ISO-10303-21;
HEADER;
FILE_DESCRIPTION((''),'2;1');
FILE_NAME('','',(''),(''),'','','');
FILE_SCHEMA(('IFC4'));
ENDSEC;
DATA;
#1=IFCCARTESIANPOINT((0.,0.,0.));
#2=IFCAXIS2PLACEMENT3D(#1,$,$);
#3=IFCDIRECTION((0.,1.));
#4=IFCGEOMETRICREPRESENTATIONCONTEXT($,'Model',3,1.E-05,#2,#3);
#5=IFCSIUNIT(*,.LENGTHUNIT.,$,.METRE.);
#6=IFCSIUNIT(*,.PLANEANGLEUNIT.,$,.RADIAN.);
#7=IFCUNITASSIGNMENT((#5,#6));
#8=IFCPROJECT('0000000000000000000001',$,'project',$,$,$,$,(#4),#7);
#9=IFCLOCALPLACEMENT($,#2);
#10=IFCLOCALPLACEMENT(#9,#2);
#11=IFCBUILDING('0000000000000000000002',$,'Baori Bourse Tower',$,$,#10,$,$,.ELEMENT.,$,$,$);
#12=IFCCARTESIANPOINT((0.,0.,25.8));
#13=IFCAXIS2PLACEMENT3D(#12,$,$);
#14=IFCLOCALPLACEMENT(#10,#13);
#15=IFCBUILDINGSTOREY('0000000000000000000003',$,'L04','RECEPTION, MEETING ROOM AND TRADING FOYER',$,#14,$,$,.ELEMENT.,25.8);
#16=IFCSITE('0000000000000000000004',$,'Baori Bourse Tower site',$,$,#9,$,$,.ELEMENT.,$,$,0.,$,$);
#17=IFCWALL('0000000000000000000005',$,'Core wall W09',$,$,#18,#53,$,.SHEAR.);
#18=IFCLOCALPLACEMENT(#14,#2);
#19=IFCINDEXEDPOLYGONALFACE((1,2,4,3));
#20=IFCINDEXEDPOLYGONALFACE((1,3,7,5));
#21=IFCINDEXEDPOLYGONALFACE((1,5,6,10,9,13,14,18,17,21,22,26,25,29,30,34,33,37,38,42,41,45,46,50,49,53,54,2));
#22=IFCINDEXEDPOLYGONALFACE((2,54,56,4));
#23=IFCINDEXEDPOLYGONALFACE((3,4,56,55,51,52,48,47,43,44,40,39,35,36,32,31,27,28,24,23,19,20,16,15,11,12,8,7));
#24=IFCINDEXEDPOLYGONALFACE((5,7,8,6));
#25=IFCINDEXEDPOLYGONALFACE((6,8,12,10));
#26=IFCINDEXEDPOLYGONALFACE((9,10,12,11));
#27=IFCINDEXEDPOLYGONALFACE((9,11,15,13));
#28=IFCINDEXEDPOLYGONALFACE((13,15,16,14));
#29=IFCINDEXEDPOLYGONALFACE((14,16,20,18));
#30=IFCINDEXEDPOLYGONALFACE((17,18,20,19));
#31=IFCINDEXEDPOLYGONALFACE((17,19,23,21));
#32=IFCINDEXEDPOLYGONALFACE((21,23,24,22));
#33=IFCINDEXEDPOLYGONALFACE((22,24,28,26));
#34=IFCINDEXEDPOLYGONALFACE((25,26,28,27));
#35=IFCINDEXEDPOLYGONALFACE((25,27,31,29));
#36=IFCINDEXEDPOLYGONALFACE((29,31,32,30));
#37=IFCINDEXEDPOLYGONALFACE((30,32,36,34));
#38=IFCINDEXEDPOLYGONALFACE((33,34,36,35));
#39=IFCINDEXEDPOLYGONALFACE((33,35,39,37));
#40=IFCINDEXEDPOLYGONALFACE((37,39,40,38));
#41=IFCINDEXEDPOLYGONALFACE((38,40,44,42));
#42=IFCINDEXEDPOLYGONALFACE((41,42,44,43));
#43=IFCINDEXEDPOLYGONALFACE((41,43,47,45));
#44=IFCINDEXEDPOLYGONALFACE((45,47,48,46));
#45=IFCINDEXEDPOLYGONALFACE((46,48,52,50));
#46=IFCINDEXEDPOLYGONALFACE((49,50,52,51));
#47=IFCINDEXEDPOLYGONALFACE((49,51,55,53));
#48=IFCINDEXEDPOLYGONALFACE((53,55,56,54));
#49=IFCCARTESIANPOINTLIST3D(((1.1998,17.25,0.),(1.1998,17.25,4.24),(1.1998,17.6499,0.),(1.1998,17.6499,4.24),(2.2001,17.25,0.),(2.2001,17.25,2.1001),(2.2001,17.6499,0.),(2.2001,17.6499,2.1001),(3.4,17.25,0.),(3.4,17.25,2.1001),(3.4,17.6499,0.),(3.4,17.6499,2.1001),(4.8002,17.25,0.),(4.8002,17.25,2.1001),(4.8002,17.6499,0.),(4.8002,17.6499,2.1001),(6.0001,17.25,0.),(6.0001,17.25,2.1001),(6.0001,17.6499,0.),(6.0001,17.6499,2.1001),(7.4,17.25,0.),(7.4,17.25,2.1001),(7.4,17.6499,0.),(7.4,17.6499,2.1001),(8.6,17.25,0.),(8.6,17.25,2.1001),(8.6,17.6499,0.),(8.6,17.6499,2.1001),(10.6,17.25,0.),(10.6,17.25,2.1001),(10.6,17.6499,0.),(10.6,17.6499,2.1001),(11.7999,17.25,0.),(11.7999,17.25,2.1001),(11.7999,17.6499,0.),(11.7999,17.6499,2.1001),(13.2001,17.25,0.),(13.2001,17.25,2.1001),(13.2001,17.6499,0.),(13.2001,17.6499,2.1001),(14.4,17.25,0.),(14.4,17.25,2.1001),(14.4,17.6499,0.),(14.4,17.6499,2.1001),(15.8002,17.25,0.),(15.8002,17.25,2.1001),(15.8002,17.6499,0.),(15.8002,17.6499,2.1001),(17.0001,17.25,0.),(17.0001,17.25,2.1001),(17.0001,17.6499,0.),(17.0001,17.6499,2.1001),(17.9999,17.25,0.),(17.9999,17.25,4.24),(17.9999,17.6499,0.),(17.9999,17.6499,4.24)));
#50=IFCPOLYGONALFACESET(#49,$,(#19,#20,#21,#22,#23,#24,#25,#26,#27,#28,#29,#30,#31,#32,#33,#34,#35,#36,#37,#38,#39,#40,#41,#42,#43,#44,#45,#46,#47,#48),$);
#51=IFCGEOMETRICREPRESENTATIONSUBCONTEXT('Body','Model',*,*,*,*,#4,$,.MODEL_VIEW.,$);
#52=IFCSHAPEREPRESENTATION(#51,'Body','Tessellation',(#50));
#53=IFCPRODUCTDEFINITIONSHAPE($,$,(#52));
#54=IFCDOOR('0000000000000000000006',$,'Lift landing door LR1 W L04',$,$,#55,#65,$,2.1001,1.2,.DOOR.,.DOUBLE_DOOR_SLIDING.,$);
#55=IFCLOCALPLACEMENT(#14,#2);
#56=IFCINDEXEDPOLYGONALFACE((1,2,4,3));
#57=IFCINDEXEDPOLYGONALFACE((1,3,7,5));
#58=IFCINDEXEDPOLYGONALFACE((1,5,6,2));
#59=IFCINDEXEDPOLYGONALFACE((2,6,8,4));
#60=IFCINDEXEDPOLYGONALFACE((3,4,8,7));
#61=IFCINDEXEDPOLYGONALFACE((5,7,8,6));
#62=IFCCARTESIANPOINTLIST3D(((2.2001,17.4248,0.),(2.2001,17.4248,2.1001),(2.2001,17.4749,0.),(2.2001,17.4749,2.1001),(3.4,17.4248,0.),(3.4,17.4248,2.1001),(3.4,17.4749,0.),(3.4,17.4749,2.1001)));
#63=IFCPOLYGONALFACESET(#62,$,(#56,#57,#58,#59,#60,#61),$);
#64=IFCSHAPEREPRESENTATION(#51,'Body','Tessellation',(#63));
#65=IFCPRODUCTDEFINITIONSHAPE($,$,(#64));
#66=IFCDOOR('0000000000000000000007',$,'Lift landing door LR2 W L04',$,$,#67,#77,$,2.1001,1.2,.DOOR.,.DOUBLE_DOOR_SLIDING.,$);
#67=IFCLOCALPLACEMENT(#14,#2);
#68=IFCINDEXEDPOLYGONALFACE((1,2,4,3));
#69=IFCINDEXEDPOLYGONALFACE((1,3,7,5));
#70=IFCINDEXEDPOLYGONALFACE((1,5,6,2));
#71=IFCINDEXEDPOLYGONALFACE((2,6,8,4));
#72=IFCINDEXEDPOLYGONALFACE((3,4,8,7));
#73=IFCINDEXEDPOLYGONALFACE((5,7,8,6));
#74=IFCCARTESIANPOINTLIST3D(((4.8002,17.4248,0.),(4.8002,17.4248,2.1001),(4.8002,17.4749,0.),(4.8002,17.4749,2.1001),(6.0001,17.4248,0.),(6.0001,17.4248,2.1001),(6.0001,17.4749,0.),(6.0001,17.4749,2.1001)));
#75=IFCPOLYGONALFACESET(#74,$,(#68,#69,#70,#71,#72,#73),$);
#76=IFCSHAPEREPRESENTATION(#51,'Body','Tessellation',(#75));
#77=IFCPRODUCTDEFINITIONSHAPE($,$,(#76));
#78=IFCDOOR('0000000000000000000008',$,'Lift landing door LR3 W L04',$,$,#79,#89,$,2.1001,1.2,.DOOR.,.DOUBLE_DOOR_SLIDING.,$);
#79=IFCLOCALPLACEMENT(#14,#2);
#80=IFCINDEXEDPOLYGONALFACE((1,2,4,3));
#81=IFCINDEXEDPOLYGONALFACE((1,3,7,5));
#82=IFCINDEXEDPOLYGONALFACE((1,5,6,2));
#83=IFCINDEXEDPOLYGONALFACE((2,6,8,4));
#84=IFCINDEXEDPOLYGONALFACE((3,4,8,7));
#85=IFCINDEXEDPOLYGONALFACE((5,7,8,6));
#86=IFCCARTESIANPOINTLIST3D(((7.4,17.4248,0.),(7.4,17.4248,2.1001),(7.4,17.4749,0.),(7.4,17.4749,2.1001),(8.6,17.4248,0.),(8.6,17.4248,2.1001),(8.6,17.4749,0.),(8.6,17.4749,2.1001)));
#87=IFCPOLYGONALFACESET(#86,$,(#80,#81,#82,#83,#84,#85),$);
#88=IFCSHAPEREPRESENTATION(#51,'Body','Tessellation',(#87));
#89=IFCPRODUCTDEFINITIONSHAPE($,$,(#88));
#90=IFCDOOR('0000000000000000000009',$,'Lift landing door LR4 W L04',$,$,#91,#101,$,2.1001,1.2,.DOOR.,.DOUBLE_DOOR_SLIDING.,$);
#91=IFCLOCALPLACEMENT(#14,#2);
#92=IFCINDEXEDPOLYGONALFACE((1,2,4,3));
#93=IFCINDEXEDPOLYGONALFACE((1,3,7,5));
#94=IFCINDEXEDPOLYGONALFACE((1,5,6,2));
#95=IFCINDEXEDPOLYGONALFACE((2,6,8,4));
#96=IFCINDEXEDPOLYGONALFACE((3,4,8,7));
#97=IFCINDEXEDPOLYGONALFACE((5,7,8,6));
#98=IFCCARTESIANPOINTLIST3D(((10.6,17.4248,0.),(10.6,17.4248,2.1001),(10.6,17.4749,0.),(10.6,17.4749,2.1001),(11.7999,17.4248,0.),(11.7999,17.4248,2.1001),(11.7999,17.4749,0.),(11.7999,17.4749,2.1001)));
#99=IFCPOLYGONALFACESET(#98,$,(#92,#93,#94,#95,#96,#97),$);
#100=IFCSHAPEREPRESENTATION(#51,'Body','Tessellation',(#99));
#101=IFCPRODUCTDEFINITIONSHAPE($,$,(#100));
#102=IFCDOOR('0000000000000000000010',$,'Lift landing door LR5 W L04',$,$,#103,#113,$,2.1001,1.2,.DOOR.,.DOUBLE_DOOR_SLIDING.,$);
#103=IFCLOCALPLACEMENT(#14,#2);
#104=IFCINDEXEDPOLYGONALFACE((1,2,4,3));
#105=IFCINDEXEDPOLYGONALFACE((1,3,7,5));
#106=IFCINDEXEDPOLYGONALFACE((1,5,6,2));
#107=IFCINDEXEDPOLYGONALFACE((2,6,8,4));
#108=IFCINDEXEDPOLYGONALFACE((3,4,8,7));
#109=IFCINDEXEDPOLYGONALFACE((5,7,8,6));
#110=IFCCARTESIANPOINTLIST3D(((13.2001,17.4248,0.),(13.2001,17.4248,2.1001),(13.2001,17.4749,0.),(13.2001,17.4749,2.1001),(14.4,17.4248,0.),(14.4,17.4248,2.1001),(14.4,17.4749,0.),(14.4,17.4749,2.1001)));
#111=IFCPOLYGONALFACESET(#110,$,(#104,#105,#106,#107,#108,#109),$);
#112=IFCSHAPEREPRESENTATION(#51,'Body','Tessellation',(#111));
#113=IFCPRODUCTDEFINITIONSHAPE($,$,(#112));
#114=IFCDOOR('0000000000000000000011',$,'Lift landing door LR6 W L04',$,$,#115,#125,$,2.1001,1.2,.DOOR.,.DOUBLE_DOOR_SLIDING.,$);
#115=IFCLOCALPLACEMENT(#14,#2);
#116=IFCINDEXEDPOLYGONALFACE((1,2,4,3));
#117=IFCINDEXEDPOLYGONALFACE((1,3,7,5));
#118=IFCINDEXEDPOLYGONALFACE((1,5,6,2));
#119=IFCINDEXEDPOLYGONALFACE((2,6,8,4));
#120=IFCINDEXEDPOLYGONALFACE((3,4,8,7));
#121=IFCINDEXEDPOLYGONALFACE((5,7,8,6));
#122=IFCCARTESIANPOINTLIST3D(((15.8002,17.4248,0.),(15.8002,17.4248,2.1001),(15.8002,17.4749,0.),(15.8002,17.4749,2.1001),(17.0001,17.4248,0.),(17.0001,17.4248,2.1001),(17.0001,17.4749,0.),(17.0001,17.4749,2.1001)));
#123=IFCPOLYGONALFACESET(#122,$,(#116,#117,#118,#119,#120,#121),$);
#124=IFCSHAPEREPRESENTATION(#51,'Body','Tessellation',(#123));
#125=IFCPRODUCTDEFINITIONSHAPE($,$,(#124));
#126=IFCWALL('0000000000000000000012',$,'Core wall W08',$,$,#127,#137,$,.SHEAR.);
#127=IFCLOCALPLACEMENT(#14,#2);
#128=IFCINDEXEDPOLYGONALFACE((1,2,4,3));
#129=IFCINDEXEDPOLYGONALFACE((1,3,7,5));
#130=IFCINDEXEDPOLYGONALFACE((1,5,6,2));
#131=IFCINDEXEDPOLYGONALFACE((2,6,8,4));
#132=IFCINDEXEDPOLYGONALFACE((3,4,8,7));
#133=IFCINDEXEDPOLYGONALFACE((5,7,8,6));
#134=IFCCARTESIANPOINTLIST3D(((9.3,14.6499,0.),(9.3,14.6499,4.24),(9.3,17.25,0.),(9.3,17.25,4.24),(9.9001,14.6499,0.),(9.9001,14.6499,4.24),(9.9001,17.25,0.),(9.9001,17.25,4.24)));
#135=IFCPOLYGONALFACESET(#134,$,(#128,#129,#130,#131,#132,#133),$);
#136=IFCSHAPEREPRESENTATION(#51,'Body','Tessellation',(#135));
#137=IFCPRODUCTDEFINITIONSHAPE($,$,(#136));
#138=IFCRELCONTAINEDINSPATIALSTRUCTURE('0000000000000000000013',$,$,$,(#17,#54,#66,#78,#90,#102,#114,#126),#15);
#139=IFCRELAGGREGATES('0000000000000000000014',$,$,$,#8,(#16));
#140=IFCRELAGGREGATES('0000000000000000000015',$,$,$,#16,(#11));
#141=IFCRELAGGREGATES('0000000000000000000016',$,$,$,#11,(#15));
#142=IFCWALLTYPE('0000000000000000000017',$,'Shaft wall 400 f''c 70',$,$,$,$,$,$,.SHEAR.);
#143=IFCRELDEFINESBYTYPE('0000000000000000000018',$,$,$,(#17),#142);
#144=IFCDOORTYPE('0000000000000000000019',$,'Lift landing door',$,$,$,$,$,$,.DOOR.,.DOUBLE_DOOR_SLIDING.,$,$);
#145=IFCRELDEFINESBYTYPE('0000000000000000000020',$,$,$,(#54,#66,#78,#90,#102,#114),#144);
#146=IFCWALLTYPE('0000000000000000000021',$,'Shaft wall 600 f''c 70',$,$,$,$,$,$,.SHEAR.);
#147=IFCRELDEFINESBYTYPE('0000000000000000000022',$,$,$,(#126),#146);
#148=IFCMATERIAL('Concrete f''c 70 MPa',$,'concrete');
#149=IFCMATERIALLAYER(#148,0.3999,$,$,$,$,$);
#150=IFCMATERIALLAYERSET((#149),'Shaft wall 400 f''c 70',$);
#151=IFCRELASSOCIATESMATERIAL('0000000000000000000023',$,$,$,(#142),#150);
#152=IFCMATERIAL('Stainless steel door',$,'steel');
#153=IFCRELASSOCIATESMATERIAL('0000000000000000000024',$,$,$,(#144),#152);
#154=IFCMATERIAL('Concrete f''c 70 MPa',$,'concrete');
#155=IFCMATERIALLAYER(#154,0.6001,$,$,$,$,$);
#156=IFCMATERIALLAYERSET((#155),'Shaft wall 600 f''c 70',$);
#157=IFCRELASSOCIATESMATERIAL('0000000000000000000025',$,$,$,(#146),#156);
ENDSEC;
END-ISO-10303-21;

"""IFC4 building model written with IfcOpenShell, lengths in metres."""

from ifc_helpers import new_model, si_unit, direction, frame, frame_2d, origin, place, context, subcontext, project, spatial, rectangle, extrude, material, layer, layer_set, type_object, element, fill, save


model = new_model("IFC4")

# Units and contexts
model_context = context("Model", 3, precision=1e-05, world=origin(), true_north=direction((0.0, 1.0)))
body_context = subcontext(model_context, "Body", "Model", "MODEL_VIEW")
ifc_project = project(units=[si_unit("LENGTHUNIT", "METRE"), si_unit("PLANEANGLEUNIT", "RADIAN")], contexts=[model_context])

# Site, building, storey
site_placement = place(None, origin())
site = spatial("IfcSite", under=ifc_project, at=site_placement, Name="Baori Bourse Tower site", CompositionType="ELEMENT", RefElevation=0.0)
building_placement = place(site_placement, origin())
building = spatial("IfcBuilding", under=site, at=building_placement, Name="Baori Bourse Tower", CompositionType="ELEMENT")
storey_placement = place(building_placement, frame((0.0, 0.0, 25.8)))
storey = spatial("IfcBuildingStorey", under=building, at=storey_placement, Name="L04", Description="RECEPTION, MEETING ROOM AND TRADING FOYER", CompositionType="ELEMENT", Elevation=25.8)

# Shared definitions
ifc_material_1 = material(Name="Concrete f'c 70 MPa", Category="concrete")
ifc_layer_1 = layer(ifc_material_1, 0.3999)
ifc_layer_set_1 = layer_set([ifc_layer_1], Name="Shaft wall 400 f'c 70")
wall_type_1 = type_object("IfcWallType", Name="Shaft wall 400 f'c 70", PredefinedType="SHEAR", material=ifc_layer_set_1)

# Wall, openings, doors
wall_1_placement = place(storey_placement, frame((1.2, 17.45, 0.0), z_axis=(0.0, 0.0, 1.0), x_axis=(1.0, 0.0, 0.0)))
wall_1 = element("IfcWall", 1, at=wall_1_placement, inside=storey, type_object=wall_type_1, Name="Core wall W09", PredefinedType="SHEAR", context=body_context, shape_type="SweptSolid", body=[
    extrude(rectangle(XDim=16.8, YDim=0.3999, at=frame_2d((8.3999, 0.0))), origin(), (0.0, 0.0, 1.0), 4.24),
])
opening_1_placement = place(wall_1_placement, frame((1.0, 0.0, 0.0)))
opening_1 = element("IfcOpeningElement", 2, at=opening_1_placement, cuts=wall_1, PredefinedType="OPENING", context=body_context, shape_type="SweptSolid", body=[
    extrude(rectangle(XDim=1.2, YDim=2.1001, at=frame_2d((0.6001, 1.05))), frame((0.0, 0.21, 0.0), z_axis=(0.0, -1.0, 0.0), x_axis=(1.0, 0.0, 0.0)), (0.0, 0.0, 1.0), 0.4199),
])
opening_2_placement = place(wall_1_placement, frame((3.6001, 0.0, 0.0)))
opening_2 = element("IfcOpeningElement", 3, at=opening_2_placement, cuts=wall_1, PredefinedType="OPENING", context=body_context, shape_type="SweptSolid", body=[
    extrude(rectangle(XDim=1.2, YDim=2.1001, at=frame_2d((0.6001, 1.05))), frame((0.0, 0.21, 0.0), z_axis=(0.0, -1.0, 0.0), x_axis=(1.0, 0.0, 0.0)), (0.0, 0.0, 1.0), 0.4199),
])
opening_3_placement = place(wall_1_placement, frame((6.2, 0.0, 0.0)))
opening_3 = element("IfcOpeningElement", 4, at=opening_3_placement, cuts=wall_1, PredefinedType="OPENING", context=body_context, shape_type="SweptSolid", body=[
    extrude(rectangle(XDim=1.2, YDim=2.1001, at=frame_2d((0.6001, 1.05))), frame((0.0, 0.21, 0.0), z_axis=(0.0, -1.0, 0.0), x_axis=(1.0, 0.0, 0.0)), (0.0, 0.0, 1.0), 0.4199),
])
opening_4_placement = place(wall_1_placement, frame((9.3999, 0.0, 0.0)))
opening_4 = element("IfcOpeningElement", 5, at=opening_4_placement, cuts=wall_1, PredefinedType="OPENING", context=body_context, shape_type="SweptSolid", body=[
    extrude(rectangle(XDim=1.2, YDim=2.1001, at=frame_2d((0.6001, 1.05))), frame((0.0, 0.21, 0.0), z_axis=(0.0, -1.0, 0.0), x_axis=(1.0, 0.0, 0.0)), (0.0, 0.0, 1.0), 0.4199),
])
opening_5_placement = place(wall_1_placement, frame((12.0, 0.0, 0.0)))
opening_5 = element("IfcOpeningElement", 6, at=opening_5_placement, cuts=wall_1, PredefinedType="OPENING", context=body_context, shape_type="SweptSolid", body=[
    extrude(rectangle(XDim=1.2, YDim=2.1001, at=frame_2d((0.6001, 1.05))), frame((0.0, 0.21, 0.0), z_axis=(0.0, -1.0, 0.0), x_axis=(1.0, 0.0, 0.0)), (0.0, 0.0, 1.0), 0.4199),
])
opening_6_placement = place(wall_1_placement, frame((14.6001, 0.0, 0.0)))
opening_6 = element("IfcOpeningElement", 7, at=opening_6_placement, cuts=wall_1, PredefinedType="OPENING", context=body_context, shape_type="SweptSolid", body=[
    extrude(rectangle(XDim=1.2, YDim=2.1001, at=frame_2d((0.6001, 1.05))), frame((0.0, 0.21, 0.0), z_axis=(0.0, -1.0, 0.0), x_axis=(1.0, 0.0, 0.0)), (0.0, 0.0, 1.0), 0.4199),
])
ifc_material_2 = material(Name="Stainless steel door", Category="steel")
door_type = type_object("IfcDoorType", Name="Lift landing door", OperationType="DOUBLE_DOOR_SLIDING", PredefinedType="DOOR", material=ifc_material_2)
door_1_placement = place(opening_1_placement, origin())
door_1 = element("IfcDoor", 8, at=door_1_placement, inside=storey, type_object=door_type, Name="Lift landing door LR1 W L04", OperationType="DOUBLE_DOOR_SLIDING", OverallHeight=2.1001, OverallWidth=1.2, PredefinedType="DOOR", context=body_context, shape_type="SweptSolid", body=[
    extrude(rectangle(XDim=1.2, YDim=2.1001, at=frame_2d((0.6001, 1.05))), frame((0.0, 0.0249, 0.0), z_axis=(0.0, -1.0, 0.0), x_axis=(1.0, 0.0, 0.0)), (0.0, 0.0, 1.0), 0.05),
])
fill(opening_1, door_1)
door_2_placement = place(opening_2_placement, origin())
door_2 = element("IfcDoor", 9, at=door_2_placement, inside=storey, type_object=door_type, Name="Lift landing door LR2 W L04", OperationType="DOUBLE_DOOR_SLIDING", OverallHeight=2.1001, OverallWidth=1.2, PredefinedType="DOOR", context=body_context, shape_type="SweptSolid", body=[
    extrude(rectangle(XDim=1.2, YDim=2.1001, at=frame_2d((0.6001, 1.05))), frame((0.0, 0.0249, 0.0), z_axis=(0.0, -1.0, 0.0), x_axis=(1.0, 0.0, 0.0)), (0.0, 0.0, 1.0), 0.05),
])
fill(opening_2, door_2)
door_3_placement = place(opening_3_placement, origin())
door_3 = element("IfcDoor", 10, at=door_3_placement, inside=storey, type_object=door_type, Name="Lift landing door LR3 W L04", OperationType="DOUBLE_DOOR_SLIDING", OverallHeight=2.1001, OverallWidth=1.2, PredefinedType="DOOR", context=body_context, shape_type="SweptSolid", body=[
    extrude(rectangle(XDim=1.2, YDim=2.1001, at=frame_2d((0.6001, 1.05))), frame((0.0, 0.0249, 0.0), z_axis=(0.0, -1.0, 0.0), x_axis=(1.0, 0.0, 0.0)), (0.0, 0.0, 1.0), 0.05),
])
fill(opening_3, door_3)
door_4_placement = place(opening_4_placement, origin())
door_4 = element("IfcDoor", 11, at=door_4_placement, inside=storey, type_object=door_type, Name="Lift landing door LR4 W L04", OperationType="DOUBLE_DOOR_SLIDING", OverallHeight=2.1001, OverallWidth=1.2, PredefinedType="DOOR", context=body_context, shape_type="SweptSolid", body=[
    extrude(rectangle(XDim=1.2, YDim=2.1001, at=frame_2d((0.6001, 1.05))), frame((0.0, 0.0249, 0.0), z_axis=(0.0, -1.0, 0.0), x_axis=(1.0, 0.0, 0.0)), (0.0, 0.0, 1.0), 0.05),
])
fill(opening_4, door_4)
door_5_placement = place(opening_5_placement, origin())
door_5 = element("IfcDoor", 12, at=door_5_placement, inside=storey, type_object=door_type, Name="Lift landing door LR5 W L04", OperationType="DOUBLE_DOOR_SLIDING", OverallHeight=2.1001, OverallWidth=1.2, PredefinedType="DOOR", context=body_context, shape_type="SweptSolid", body=[
    extrude(rectangle(XDim=1.2, YDim=2.1001, at=frame_2d((0.6001, 1.05))), frame((0.0, 0.0249, 0.0), z_axis=(0.0, -1.0, 0.0), x_axis=(1.0, 0.0, 0.0)), (0.0, 0.0, 1.0), 0.05),
])
fill(opening_5, door_5)
door_6_placement = place(opening_6_placement, origin())
door_6 = element("IfcDoor", 13, at=door_6_placement, inside=storey, type_object=door_type, Name="Lift landing door LR6 W L04", OperationType="DOUBLE_DOOR_SLIDING", OverallHeight=2.1001, OverallWidth=1.2, PredefinedType="DOOR", context=body_context, shape_type="SweptSolid", body=[
    extrude(rectangle(XDim=1.2, YDim=2.1001, at=frame_2d((0.6001, 1.05))), frame((0.0, 0.0249, 0.0), z_axis=(0.0, -1.0, 0.0), x_axis=(1.0, 0.0, 0.0)), (0.0, 0.0, 1.0), 0.05),
])
fill(opening_6, door_6)

# Wall
ifc_material_3 = material(Name="Concrete f'c 70 MPa", Category="concrete")
ifc_layer_2 = layer(ifc_material_3, 0.6001)
ifc_layer_set_2 = layer_set([ifc_layer_2], Name="Shaft wall 600 f'c 70")
wall_type_2 = type_object("IfcWallType", Name="Shaft wall 600 f'c 70", PredefinedType="SHEAR", material=ifc_layer_set_2)
wall_2_placement = place(storey_placement, frame((9.6001, 14.6499, 0.0), z_axis=(0.0, 0.0, 1.0), x_axis=(0.0, 1.0, 0.0)))
element("IfcWall", 14, at=wall_2_placement, inside=storey, type_object=wall_type_2, Name="Core wall W08", PredefinedType="SHEAR", context=body_context, shape_type="SweptSolid", body=[
    extrude(rectangle(XDim=2.6001, YDim=0.6001, at=frame_2d((1.3, 0.0))), origin(), (0.0, 0.0, 1.0), 4.24),
])

save(model, "model.ifc")
